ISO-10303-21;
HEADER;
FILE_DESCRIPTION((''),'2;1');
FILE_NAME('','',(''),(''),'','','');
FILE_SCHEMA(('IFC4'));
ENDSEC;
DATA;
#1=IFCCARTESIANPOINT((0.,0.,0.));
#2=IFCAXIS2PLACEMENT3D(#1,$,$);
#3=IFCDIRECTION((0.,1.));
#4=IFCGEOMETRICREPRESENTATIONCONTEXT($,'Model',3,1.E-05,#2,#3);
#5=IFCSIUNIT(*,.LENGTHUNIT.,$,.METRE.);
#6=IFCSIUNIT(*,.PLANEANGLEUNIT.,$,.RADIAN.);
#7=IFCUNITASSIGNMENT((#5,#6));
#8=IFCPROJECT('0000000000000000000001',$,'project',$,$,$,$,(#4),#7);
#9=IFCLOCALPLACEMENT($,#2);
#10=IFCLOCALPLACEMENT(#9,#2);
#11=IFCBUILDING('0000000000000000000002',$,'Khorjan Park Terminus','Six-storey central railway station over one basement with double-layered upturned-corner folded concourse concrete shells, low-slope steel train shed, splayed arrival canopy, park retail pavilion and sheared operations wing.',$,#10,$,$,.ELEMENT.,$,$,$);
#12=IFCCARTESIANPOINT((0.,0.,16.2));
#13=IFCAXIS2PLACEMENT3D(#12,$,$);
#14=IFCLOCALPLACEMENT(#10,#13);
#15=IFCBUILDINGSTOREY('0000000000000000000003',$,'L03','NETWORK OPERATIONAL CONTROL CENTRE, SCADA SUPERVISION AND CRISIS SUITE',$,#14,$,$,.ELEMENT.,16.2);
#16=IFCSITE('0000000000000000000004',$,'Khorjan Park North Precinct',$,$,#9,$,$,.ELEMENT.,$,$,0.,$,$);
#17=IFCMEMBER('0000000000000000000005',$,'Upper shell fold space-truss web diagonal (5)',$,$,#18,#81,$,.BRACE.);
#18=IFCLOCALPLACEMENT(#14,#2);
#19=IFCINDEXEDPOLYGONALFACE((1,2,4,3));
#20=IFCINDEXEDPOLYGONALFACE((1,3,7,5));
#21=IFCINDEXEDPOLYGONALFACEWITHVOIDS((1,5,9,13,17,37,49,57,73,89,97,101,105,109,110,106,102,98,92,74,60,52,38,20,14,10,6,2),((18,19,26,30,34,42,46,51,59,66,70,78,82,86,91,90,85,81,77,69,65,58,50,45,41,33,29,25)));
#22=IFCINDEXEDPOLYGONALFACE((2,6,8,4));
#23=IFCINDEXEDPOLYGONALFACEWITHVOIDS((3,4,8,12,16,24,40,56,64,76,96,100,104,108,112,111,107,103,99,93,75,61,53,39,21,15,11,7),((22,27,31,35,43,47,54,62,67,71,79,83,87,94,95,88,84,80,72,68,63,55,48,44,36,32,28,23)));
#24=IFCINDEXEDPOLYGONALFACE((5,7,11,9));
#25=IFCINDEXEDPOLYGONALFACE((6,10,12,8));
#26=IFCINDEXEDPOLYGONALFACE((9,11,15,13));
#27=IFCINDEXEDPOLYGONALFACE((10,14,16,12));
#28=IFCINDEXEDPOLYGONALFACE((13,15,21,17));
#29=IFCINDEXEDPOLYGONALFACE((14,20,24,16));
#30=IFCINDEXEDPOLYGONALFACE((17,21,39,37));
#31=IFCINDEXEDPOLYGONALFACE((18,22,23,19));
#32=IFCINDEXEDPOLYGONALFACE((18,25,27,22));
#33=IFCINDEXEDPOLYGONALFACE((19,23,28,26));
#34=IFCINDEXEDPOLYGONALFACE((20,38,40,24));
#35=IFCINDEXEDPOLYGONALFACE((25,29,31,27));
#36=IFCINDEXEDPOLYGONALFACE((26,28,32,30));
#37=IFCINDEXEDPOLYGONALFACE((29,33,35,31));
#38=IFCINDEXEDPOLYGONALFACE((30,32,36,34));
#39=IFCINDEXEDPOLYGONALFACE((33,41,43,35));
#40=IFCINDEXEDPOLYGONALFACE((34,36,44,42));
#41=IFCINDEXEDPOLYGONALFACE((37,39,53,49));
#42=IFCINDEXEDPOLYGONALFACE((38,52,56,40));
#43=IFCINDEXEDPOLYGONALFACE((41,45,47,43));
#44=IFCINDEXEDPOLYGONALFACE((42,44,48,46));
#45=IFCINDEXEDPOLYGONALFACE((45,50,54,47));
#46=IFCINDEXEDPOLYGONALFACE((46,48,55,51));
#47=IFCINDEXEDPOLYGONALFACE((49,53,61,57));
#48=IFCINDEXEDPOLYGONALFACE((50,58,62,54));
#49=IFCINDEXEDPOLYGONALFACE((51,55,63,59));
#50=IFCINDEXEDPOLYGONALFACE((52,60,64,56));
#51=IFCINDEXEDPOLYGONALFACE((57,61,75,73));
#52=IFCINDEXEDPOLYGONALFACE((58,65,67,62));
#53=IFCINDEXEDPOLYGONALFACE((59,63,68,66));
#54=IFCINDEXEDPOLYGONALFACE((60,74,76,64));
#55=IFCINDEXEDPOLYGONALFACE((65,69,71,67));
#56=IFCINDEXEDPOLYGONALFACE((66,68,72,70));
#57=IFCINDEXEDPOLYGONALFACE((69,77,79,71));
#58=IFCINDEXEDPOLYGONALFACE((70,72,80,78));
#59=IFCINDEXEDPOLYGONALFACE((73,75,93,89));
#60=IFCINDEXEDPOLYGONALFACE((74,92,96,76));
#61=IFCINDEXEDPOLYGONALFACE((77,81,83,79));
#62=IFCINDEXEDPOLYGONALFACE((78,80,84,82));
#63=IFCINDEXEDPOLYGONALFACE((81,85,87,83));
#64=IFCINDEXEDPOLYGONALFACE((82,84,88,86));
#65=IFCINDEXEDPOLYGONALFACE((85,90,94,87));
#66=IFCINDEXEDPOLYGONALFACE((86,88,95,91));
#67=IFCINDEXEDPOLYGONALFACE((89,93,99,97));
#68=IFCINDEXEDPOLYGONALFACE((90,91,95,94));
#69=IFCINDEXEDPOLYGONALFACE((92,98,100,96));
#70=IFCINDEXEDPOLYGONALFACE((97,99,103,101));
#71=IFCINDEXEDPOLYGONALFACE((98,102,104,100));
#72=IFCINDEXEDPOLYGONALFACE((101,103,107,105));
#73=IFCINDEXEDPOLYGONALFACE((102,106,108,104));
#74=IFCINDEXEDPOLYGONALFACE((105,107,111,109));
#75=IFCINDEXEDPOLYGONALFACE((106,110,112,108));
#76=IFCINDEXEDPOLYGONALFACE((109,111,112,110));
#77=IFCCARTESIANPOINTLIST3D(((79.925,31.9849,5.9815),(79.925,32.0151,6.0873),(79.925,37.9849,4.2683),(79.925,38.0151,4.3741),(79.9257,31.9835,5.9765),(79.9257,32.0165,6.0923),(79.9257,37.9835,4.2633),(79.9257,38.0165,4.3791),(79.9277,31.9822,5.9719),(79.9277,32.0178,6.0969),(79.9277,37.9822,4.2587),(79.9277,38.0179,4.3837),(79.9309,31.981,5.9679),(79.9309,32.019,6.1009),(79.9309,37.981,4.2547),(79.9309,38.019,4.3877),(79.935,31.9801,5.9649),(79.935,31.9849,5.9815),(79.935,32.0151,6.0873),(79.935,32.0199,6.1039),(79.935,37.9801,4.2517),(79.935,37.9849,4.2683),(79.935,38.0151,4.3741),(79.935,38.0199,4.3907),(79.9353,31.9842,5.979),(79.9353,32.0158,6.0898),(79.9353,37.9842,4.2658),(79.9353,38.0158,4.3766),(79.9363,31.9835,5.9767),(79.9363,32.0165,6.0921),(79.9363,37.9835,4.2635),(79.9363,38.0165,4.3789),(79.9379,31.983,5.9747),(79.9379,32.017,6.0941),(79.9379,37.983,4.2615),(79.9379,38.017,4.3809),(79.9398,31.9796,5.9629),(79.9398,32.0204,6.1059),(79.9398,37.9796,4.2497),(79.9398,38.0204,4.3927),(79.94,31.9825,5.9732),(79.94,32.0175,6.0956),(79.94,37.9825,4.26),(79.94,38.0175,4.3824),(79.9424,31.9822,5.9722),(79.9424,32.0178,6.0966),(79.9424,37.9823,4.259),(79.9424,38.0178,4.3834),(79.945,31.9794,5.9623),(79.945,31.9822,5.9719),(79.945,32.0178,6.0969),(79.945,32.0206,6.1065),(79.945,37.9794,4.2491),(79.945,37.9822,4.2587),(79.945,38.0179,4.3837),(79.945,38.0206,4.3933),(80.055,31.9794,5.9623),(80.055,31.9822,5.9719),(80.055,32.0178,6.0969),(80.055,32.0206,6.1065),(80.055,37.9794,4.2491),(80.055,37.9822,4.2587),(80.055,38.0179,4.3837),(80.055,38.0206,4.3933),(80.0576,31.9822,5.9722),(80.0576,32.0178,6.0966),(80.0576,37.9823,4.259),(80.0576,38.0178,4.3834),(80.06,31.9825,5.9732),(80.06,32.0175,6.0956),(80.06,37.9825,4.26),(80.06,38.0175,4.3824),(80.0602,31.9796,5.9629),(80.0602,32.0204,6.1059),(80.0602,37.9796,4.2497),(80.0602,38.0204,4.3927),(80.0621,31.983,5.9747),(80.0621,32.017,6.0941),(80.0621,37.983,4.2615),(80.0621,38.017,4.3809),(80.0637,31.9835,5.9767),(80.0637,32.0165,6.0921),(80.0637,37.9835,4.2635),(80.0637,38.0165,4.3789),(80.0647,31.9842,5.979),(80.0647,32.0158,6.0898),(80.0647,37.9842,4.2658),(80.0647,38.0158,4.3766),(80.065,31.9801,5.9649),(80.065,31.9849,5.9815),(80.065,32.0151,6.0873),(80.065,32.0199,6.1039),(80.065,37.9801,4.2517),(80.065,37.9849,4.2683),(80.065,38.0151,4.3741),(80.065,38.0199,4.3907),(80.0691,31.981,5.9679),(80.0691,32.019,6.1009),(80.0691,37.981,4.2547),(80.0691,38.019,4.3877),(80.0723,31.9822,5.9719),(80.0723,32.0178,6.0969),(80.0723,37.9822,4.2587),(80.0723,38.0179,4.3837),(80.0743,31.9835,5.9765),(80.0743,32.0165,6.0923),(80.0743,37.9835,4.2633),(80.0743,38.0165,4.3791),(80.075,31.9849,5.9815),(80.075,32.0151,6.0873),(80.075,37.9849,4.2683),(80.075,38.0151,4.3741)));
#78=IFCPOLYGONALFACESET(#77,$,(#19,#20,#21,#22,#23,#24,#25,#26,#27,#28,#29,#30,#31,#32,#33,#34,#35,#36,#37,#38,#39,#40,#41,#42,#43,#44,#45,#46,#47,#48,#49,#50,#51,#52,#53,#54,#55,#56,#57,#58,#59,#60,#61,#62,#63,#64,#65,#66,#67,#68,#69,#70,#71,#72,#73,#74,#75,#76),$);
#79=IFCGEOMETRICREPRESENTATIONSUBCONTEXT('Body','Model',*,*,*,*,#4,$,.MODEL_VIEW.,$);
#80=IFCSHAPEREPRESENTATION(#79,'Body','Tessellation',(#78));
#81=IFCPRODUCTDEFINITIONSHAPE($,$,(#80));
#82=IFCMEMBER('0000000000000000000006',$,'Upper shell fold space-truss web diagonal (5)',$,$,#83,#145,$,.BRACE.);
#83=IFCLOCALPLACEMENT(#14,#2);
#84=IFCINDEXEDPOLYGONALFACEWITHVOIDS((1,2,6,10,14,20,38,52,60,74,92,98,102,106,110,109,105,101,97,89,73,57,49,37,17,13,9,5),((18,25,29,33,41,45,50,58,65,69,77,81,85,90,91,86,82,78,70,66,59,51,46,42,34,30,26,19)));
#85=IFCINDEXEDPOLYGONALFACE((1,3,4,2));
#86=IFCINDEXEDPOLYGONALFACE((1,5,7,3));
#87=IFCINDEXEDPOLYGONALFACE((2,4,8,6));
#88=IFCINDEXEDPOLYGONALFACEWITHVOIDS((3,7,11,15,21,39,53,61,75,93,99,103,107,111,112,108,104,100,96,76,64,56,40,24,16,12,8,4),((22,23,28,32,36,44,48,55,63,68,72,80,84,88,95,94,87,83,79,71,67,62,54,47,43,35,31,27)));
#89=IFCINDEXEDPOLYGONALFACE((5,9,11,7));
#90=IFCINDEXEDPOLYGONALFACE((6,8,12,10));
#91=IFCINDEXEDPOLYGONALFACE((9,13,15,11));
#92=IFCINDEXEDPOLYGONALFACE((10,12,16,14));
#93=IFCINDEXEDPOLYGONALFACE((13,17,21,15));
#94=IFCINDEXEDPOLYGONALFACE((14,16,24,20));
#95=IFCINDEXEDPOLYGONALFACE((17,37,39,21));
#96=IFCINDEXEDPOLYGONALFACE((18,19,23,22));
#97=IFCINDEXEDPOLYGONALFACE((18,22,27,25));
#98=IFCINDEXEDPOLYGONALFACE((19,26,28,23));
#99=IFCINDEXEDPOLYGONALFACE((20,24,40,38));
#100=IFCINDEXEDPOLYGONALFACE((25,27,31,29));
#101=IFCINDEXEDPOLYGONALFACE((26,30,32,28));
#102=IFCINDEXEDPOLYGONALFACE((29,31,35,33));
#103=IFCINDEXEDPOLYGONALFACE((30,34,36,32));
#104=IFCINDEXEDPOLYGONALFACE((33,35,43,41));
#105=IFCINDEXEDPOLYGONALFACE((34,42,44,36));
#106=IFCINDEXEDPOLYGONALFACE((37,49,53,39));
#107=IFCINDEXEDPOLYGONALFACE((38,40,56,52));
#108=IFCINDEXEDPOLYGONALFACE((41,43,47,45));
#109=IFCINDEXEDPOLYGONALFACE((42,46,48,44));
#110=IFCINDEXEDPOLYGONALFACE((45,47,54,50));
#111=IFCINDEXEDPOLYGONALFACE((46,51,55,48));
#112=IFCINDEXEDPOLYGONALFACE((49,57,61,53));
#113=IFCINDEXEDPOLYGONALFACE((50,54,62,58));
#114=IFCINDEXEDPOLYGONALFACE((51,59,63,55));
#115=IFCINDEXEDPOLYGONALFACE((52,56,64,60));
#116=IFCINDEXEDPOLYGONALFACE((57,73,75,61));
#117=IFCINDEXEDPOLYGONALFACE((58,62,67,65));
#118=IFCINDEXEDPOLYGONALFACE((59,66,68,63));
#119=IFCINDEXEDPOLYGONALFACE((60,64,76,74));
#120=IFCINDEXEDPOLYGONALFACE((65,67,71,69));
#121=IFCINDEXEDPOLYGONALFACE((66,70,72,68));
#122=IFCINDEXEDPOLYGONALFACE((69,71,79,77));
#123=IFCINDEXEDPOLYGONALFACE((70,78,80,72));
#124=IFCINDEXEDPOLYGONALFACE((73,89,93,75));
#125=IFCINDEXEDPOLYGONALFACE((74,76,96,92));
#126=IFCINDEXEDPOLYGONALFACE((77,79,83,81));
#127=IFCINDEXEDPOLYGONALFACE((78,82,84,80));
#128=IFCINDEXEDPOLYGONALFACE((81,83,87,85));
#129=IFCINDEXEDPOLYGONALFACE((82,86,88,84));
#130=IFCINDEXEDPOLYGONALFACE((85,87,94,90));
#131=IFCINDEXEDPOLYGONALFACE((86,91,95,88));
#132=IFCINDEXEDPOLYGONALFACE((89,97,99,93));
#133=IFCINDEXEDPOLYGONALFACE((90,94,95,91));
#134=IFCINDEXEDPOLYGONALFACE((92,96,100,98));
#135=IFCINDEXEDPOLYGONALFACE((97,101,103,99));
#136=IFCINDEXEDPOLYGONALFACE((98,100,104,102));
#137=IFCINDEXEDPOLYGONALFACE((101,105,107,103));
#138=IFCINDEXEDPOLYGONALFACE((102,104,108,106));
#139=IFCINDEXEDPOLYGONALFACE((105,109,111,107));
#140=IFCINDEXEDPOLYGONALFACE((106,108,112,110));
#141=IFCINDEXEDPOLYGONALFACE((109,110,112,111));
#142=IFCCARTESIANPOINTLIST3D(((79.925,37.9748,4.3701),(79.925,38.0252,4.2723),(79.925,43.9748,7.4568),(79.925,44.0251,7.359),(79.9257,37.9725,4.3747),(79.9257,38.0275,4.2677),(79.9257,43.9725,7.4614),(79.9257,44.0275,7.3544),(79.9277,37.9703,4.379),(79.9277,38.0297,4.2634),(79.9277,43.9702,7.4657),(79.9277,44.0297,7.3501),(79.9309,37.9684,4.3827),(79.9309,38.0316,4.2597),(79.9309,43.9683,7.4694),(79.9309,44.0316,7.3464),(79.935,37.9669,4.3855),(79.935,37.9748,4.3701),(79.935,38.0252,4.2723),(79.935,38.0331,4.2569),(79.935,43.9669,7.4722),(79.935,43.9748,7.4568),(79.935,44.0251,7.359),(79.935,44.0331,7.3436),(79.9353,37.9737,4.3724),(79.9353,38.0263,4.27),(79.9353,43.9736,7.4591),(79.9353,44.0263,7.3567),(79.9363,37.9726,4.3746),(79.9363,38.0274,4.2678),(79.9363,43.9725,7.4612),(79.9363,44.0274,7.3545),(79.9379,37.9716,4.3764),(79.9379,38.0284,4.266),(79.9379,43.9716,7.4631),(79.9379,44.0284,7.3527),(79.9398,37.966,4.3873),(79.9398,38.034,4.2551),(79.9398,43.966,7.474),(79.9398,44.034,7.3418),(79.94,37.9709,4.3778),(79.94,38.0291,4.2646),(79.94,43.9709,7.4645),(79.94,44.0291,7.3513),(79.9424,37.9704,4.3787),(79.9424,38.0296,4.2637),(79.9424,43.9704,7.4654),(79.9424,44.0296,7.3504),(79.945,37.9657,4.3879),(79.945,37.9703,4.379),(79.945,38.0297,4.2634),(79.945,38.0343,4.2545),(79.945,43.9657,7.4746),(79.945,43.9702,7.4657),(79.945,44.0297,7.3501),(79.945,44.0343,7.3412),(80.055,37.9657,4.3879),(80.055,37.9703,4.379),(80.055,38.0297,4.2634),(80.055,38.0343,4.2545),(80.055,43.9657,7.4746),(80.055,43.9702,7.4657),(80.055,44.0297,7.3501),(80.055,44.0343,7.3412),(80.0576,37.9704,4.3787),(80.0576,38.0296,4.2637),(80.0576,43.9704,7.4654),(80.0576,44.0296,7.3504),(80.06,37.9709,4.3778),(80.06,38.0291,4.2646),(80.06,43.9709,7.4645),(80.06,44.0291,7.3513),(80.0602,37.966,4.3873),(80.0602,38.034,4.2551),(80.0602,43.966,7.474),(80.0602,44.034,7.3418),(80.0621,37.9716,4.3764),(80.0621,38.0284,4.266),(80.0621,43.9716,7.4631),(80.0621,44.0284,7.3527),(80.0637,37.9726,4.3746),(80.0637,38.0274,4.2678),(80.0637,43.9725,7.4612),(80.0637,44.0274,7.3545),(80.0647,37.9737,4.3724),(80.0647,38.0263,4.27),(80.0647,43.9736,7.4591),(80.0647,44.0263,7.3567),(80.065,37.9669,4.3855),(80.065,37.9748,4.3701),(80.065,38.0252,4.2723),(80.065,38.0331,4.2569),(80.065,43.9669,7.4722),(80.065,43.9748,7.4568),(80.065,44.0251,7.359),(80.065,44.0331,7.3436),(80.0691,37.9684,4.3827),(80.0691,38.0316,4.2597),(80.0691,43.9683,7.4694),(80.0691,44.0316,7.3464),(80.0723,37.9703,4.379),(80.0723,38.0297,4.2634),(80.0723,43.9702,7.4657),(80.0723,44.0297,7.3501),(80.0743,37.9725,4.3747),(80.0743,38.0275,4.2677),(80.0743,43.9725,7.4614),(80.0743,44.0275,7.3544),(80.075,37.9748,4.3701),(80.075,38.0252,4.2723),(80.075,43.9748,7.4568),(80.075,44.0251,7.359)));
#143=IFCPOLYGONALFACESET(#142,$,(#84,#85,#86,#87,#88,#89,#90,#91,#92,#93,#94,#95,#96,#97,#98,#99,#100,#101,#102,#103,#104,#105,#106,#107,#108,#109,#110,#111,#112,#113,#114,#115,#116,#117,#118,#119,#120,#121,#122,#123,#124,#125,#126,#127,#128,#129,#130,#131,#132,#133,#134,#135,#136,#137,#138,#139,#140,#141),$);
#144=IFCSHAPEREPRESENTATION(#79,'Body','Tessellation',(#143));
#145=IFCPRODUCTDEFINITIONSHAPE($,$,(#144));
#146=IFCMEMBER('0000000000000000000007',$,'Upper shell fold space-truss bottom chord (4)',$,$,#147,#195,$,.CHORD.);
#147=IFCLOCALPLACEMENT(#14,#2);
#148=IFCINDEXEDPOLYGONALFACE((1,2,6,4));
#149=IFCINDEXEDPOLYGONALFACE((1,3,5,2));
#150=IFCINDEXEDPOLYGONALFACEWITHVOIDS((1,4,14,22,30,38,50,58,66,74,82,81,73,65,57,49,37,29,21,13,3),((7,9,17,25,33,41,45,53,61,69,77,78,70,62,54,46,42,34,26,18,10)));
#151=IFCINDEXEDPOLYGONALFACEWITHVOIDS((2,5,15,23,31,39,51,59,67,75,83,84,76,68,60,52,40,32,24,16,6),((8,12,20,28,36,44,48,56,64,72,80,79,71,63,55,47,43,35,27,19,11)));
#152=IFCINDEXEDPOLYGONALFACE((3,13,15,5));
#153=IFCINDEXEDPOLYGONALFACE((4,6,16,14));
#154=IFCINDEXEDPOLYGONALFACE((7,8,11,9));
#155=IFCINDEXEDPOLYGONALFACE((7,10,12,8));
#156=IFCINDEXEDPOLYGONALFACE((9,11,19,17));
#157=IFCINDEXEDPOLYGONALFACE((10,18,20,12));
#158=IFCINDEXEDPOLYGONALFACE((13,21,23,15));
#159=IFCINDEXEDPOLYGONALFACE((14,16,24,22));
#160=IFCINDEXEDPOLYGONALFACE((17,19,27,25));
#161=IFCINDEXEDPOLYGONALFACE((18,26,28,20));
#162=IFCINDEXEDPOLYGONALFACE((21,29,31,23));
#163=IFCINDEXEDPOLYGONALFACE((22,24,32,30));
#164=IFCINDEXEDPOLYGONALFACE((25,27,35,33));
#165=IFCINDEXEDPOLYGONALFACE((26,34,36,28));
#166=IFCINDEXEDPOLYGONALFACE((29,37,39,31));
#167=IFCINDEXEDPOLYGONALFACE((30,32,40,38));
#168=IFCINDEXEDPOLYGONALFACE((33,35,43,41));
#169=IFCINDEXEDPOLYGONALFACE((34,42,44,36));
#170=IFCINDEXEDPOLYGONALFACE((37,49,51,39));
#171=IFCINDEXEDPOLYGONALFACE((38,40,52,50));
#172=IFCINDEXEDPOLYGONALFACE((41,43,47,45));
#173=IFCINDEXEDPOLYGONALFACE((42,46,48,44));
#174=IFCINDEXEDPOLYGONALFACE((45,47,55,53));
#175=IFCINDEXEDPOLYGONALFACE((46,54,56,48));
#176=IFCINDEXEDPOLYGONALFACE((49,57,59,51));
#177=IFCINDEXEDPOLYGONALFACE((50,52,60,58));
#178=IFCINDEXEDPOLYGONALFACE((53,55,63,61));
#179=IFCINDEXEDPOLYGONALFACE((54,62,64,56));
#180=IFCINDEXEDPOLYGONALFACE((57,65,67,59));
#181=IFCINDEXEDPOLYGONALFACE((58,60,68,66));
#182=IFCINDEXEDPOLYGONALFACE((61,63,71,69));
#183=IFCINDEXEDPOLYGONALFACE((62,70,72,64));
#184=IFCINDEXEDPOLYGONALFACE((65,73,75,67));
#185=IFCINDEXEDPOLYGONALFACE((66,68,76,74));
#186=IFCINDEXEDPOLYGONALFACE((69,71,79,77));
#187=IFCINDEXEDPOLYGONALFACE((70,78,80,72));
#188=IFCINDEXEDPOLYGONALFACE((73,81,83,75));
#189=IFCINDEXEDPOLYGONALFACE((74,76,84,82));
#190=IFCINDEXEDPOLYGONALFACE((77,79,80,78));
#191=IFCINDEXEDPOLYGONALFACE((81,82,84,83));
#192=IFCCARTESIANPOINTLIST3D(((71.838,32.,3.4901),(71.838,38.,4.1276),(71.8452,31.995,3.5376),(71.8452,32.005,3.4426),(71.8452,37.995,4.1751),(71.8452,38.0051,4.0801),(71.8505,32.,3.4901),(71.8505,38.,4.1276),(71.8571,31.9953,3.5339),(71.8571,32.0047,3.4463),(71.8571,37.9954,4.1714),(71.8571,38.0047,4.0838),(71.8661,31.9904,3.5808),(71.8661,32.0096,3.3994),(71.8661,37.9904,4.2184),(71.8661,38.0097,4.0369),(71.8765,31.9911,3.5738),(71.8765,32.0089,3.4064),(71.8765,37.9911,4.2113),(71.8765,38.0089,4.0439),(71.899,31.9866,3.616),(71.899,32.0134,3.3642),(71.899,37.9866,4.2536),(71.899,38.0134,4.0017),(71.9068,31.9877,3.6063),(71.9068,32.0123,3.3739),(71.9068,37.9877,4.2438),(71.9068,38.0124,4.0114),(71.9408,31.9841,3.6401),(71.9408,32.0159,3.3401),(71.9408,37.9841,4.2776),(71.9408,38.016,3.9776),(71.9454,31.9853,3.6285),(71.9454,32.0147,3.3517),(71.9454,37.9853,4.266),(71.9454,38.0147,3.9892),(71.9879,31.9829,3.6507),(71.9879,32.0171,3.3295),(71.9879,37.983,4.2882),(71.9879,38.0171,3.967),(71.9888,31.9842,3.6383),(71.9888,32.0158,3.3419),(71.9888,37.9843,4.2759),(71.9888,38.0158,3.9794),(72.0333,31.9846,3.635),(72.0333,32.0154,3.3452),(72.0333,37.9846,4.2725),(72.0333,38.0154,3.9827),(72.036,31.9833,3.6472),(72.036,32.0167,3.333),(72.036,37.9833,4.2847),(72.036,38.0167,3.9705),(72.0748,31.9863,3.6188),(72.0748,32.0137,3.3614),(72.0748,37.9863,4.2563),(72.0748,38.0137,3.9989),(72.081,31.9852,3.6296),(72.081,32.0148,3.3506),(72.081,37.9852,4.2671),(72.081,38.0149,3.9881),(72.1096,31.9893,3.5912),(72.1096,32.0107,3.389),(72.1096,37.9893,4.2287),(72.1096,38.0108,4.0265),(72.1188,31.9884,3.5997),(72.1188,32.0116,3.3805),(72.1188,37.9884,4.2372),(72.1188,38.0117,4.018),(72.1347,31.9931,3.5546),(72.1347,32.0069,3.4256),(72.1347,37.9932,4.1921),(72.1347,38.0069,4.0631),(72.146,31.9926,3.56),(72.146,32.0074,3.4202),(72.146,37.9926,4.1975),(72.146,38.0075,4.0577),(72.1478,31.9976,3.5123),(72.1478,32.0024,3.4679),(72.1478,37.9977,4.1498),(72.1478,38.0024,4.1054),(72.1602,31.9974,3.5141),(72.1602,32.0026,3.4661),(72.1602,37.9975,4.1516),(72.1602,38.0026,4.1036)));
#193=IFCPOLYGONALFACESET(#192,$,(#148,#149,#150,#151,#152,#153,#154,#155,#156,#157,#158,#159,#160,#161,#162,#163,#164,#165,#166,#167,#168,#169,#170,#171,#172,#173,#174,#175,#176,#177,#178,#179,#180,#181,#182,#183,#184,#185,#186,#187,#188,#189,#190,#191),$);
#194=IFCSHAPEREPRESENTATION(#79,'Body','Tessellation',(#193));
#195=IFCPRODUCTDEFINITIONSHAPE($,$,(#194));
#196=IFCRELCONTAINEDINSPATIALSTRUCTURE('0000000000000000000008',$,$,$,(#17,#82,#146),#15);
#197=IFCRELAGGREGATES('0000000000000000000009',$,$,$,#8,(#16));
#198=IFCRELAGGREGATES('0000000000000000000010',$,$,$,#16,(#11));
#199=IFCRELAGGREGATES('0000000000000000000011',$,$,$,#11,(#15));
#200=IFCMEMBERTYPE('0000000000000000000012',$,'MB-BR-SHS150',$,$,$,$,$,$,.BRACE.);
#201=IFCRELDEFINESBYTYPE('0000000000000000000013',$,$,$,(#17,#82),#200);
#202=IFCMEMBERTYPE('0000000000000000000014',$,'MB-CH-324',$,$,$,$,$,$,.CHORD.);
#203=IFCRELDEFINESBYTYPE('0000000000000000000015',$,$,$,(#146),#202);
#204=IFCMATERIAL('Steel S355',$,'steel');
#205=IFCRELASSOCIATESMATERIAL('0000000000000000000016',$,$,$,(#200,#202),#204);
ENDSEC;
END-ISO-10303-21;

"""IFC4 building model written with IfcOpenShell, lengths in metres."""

from ifc_helpers import new_model, si_unit, direction, frame, origin, origin_2d, place, context, subcontext, project, spatial, hollow_rectangle, hollow_circle, extrude, material, material_profile, profile_set, type_object, element, save


model = new_model("IFC4")

# Units and contexts
model_context = context("Model", 3, precision=1e-05, world=origin(), true_north=direction((0.0, 1.0)))
body_context = subcontext(model_context, "Body", "Model", "MODEL_VIEW")
ifc_project = project(units=[si_unit("LENGTHUNIT", "METRE"), si_unit("PLANEANGLEUNIT", "RADIAN")], contexts=[model_context])

# Site, building, storey
site_placement = place(None, origin())
site = spatial("IfcSite", under=ifc_project, at=site_placement, Name="Khorjan Park North Precinct", CompositionType="ELEMENT", RefElevation=0.0)
building_placement = place(site_placement, origin())
building = spatial("IfcBuilding", under=site, at=building_placement, Name="Khorjan Park Terminus", Description="Six-storey central railway station over one basement with double-layered upturned-corner folded concourse concrete shells, low-slope steel train shed, splayed arrival canopy, park retail pavilion and sheared operations wing.", CompositionType="ELEMENT")
storey_placement = place(building_placement, frame((0.0, 0.0, 16.2)))
storey = spatial("IfcBuildingStorey", under=building, at=storey_placement, Name="L03", Description="NETWORK OPERATIONAL CONTROL CENTRE, SCADA SUPERVISION AND CRISIS SUITE", CompositionType="ELEMENT", Elevation=16.2)

# Members
ifc_material = material(Name="Steel S355", Category="steel")
ifc_material_profile_1 = material_profile(ifc_material, hollow_rectangle(XDim=0.15, YDim=0.15, WallThickness=0.01, InnerFilletRadius=0.01, OuterFilletRadius=0.02, at=origin_2d()), Name="SHS 150x150x10")
ifc_profile_set_1 = profile_set([ifc_material_profile_1], Name="Steel S355")
member_type_1 = type_object("IfcMemberType", Name="MB-BR-SHS150", PredefinedType="BRACE", material=ifc_profile_set_1)
member_1_placement = place(storey_placement, frame((80.0, 32.0, 6.0344), z_axis=(0.0, 0.96157, -0.27456), x_axis=(-1.0, 0.0, 0.0)))
element("IfcMember", 1, at=member_1_placement, inside=storey, type_object=member_type_1, Name="Upper shell fold space-truss web diagonal (5)", PredefinedType="BRACE", context=body_context, shape_type="SweptSolid", body=[
    extrude(hollow_rectangle(XDim=0.15, YDim=0.15, WallThickness=0.01, InnerFilletRadius=0.01, OuterFilletRadius=0.02, at=origin_2d()), origin(), (0.0, 0.0, 1.0), 6.2398),
])
member_2_placement = place(storey_placement, frame((80.0, 38.0, 4.3212), z_axis=(0.0, 0.889228, 0.457464), x_axis=(-1.0, 0.0, 0.0)))
element("IfcMember", 2, at=member_2_placement, inside=storey, type_object=member_type_1, Name="Upper shell fold space-truss web diagonal (5)", PredefinedType="BRACE", context=body_context, shape_type="SweptSolid", body=[
    extrude(hollow_rectangle(XDim=0.15, YDim=0.15, WallThickness=0.01, InnerFilletRadius=0.01, OuterFilletRadius=0.02, at=origin_2d()), origin(), (0.0, 0.0, 1.0), 6.7474),
])
ifc_material_profile_2 = material_profile(ifc_material, hollow_circle(Radius=0.162, WallThickness=0.0125, at=origin_2d()), Name="CHS 323.9x12.5")
ifc_profile_set_2 = profile_set([ifc_material_profile_2], Name="Steel S355")
member_type_2 = type_object("IfcMemberType", Name="MB-CH-324", PredefinedType="CHORD", material=ifc_profile_set_2)
for number, where, z_axis, x_axis, name in (
    (3, (72.0, 32.0, 3.4901), (0.0, 0.994403, 0.105655), (-1.0, 0.0, 0.0), "Upper shell fold space-truss bottom chord (4)"),
):
    element("IfcMember", number, at=place(storey_placement, frame(where, z_axis=z_axis, x_axis=x_axis)), inside=storey, type_object=member_type_2, Name=name, PredefinedType="CHORD", context=body_context, shape_type="SweptSolid", body=[
        extrude(hollow_circle(Radius=0.162, WallThickness=0.0125, at=origin_2d()), origin(), (0.0, 0.0, 1.0), 6.0338),
    ])

save(model, "model.ifc")
